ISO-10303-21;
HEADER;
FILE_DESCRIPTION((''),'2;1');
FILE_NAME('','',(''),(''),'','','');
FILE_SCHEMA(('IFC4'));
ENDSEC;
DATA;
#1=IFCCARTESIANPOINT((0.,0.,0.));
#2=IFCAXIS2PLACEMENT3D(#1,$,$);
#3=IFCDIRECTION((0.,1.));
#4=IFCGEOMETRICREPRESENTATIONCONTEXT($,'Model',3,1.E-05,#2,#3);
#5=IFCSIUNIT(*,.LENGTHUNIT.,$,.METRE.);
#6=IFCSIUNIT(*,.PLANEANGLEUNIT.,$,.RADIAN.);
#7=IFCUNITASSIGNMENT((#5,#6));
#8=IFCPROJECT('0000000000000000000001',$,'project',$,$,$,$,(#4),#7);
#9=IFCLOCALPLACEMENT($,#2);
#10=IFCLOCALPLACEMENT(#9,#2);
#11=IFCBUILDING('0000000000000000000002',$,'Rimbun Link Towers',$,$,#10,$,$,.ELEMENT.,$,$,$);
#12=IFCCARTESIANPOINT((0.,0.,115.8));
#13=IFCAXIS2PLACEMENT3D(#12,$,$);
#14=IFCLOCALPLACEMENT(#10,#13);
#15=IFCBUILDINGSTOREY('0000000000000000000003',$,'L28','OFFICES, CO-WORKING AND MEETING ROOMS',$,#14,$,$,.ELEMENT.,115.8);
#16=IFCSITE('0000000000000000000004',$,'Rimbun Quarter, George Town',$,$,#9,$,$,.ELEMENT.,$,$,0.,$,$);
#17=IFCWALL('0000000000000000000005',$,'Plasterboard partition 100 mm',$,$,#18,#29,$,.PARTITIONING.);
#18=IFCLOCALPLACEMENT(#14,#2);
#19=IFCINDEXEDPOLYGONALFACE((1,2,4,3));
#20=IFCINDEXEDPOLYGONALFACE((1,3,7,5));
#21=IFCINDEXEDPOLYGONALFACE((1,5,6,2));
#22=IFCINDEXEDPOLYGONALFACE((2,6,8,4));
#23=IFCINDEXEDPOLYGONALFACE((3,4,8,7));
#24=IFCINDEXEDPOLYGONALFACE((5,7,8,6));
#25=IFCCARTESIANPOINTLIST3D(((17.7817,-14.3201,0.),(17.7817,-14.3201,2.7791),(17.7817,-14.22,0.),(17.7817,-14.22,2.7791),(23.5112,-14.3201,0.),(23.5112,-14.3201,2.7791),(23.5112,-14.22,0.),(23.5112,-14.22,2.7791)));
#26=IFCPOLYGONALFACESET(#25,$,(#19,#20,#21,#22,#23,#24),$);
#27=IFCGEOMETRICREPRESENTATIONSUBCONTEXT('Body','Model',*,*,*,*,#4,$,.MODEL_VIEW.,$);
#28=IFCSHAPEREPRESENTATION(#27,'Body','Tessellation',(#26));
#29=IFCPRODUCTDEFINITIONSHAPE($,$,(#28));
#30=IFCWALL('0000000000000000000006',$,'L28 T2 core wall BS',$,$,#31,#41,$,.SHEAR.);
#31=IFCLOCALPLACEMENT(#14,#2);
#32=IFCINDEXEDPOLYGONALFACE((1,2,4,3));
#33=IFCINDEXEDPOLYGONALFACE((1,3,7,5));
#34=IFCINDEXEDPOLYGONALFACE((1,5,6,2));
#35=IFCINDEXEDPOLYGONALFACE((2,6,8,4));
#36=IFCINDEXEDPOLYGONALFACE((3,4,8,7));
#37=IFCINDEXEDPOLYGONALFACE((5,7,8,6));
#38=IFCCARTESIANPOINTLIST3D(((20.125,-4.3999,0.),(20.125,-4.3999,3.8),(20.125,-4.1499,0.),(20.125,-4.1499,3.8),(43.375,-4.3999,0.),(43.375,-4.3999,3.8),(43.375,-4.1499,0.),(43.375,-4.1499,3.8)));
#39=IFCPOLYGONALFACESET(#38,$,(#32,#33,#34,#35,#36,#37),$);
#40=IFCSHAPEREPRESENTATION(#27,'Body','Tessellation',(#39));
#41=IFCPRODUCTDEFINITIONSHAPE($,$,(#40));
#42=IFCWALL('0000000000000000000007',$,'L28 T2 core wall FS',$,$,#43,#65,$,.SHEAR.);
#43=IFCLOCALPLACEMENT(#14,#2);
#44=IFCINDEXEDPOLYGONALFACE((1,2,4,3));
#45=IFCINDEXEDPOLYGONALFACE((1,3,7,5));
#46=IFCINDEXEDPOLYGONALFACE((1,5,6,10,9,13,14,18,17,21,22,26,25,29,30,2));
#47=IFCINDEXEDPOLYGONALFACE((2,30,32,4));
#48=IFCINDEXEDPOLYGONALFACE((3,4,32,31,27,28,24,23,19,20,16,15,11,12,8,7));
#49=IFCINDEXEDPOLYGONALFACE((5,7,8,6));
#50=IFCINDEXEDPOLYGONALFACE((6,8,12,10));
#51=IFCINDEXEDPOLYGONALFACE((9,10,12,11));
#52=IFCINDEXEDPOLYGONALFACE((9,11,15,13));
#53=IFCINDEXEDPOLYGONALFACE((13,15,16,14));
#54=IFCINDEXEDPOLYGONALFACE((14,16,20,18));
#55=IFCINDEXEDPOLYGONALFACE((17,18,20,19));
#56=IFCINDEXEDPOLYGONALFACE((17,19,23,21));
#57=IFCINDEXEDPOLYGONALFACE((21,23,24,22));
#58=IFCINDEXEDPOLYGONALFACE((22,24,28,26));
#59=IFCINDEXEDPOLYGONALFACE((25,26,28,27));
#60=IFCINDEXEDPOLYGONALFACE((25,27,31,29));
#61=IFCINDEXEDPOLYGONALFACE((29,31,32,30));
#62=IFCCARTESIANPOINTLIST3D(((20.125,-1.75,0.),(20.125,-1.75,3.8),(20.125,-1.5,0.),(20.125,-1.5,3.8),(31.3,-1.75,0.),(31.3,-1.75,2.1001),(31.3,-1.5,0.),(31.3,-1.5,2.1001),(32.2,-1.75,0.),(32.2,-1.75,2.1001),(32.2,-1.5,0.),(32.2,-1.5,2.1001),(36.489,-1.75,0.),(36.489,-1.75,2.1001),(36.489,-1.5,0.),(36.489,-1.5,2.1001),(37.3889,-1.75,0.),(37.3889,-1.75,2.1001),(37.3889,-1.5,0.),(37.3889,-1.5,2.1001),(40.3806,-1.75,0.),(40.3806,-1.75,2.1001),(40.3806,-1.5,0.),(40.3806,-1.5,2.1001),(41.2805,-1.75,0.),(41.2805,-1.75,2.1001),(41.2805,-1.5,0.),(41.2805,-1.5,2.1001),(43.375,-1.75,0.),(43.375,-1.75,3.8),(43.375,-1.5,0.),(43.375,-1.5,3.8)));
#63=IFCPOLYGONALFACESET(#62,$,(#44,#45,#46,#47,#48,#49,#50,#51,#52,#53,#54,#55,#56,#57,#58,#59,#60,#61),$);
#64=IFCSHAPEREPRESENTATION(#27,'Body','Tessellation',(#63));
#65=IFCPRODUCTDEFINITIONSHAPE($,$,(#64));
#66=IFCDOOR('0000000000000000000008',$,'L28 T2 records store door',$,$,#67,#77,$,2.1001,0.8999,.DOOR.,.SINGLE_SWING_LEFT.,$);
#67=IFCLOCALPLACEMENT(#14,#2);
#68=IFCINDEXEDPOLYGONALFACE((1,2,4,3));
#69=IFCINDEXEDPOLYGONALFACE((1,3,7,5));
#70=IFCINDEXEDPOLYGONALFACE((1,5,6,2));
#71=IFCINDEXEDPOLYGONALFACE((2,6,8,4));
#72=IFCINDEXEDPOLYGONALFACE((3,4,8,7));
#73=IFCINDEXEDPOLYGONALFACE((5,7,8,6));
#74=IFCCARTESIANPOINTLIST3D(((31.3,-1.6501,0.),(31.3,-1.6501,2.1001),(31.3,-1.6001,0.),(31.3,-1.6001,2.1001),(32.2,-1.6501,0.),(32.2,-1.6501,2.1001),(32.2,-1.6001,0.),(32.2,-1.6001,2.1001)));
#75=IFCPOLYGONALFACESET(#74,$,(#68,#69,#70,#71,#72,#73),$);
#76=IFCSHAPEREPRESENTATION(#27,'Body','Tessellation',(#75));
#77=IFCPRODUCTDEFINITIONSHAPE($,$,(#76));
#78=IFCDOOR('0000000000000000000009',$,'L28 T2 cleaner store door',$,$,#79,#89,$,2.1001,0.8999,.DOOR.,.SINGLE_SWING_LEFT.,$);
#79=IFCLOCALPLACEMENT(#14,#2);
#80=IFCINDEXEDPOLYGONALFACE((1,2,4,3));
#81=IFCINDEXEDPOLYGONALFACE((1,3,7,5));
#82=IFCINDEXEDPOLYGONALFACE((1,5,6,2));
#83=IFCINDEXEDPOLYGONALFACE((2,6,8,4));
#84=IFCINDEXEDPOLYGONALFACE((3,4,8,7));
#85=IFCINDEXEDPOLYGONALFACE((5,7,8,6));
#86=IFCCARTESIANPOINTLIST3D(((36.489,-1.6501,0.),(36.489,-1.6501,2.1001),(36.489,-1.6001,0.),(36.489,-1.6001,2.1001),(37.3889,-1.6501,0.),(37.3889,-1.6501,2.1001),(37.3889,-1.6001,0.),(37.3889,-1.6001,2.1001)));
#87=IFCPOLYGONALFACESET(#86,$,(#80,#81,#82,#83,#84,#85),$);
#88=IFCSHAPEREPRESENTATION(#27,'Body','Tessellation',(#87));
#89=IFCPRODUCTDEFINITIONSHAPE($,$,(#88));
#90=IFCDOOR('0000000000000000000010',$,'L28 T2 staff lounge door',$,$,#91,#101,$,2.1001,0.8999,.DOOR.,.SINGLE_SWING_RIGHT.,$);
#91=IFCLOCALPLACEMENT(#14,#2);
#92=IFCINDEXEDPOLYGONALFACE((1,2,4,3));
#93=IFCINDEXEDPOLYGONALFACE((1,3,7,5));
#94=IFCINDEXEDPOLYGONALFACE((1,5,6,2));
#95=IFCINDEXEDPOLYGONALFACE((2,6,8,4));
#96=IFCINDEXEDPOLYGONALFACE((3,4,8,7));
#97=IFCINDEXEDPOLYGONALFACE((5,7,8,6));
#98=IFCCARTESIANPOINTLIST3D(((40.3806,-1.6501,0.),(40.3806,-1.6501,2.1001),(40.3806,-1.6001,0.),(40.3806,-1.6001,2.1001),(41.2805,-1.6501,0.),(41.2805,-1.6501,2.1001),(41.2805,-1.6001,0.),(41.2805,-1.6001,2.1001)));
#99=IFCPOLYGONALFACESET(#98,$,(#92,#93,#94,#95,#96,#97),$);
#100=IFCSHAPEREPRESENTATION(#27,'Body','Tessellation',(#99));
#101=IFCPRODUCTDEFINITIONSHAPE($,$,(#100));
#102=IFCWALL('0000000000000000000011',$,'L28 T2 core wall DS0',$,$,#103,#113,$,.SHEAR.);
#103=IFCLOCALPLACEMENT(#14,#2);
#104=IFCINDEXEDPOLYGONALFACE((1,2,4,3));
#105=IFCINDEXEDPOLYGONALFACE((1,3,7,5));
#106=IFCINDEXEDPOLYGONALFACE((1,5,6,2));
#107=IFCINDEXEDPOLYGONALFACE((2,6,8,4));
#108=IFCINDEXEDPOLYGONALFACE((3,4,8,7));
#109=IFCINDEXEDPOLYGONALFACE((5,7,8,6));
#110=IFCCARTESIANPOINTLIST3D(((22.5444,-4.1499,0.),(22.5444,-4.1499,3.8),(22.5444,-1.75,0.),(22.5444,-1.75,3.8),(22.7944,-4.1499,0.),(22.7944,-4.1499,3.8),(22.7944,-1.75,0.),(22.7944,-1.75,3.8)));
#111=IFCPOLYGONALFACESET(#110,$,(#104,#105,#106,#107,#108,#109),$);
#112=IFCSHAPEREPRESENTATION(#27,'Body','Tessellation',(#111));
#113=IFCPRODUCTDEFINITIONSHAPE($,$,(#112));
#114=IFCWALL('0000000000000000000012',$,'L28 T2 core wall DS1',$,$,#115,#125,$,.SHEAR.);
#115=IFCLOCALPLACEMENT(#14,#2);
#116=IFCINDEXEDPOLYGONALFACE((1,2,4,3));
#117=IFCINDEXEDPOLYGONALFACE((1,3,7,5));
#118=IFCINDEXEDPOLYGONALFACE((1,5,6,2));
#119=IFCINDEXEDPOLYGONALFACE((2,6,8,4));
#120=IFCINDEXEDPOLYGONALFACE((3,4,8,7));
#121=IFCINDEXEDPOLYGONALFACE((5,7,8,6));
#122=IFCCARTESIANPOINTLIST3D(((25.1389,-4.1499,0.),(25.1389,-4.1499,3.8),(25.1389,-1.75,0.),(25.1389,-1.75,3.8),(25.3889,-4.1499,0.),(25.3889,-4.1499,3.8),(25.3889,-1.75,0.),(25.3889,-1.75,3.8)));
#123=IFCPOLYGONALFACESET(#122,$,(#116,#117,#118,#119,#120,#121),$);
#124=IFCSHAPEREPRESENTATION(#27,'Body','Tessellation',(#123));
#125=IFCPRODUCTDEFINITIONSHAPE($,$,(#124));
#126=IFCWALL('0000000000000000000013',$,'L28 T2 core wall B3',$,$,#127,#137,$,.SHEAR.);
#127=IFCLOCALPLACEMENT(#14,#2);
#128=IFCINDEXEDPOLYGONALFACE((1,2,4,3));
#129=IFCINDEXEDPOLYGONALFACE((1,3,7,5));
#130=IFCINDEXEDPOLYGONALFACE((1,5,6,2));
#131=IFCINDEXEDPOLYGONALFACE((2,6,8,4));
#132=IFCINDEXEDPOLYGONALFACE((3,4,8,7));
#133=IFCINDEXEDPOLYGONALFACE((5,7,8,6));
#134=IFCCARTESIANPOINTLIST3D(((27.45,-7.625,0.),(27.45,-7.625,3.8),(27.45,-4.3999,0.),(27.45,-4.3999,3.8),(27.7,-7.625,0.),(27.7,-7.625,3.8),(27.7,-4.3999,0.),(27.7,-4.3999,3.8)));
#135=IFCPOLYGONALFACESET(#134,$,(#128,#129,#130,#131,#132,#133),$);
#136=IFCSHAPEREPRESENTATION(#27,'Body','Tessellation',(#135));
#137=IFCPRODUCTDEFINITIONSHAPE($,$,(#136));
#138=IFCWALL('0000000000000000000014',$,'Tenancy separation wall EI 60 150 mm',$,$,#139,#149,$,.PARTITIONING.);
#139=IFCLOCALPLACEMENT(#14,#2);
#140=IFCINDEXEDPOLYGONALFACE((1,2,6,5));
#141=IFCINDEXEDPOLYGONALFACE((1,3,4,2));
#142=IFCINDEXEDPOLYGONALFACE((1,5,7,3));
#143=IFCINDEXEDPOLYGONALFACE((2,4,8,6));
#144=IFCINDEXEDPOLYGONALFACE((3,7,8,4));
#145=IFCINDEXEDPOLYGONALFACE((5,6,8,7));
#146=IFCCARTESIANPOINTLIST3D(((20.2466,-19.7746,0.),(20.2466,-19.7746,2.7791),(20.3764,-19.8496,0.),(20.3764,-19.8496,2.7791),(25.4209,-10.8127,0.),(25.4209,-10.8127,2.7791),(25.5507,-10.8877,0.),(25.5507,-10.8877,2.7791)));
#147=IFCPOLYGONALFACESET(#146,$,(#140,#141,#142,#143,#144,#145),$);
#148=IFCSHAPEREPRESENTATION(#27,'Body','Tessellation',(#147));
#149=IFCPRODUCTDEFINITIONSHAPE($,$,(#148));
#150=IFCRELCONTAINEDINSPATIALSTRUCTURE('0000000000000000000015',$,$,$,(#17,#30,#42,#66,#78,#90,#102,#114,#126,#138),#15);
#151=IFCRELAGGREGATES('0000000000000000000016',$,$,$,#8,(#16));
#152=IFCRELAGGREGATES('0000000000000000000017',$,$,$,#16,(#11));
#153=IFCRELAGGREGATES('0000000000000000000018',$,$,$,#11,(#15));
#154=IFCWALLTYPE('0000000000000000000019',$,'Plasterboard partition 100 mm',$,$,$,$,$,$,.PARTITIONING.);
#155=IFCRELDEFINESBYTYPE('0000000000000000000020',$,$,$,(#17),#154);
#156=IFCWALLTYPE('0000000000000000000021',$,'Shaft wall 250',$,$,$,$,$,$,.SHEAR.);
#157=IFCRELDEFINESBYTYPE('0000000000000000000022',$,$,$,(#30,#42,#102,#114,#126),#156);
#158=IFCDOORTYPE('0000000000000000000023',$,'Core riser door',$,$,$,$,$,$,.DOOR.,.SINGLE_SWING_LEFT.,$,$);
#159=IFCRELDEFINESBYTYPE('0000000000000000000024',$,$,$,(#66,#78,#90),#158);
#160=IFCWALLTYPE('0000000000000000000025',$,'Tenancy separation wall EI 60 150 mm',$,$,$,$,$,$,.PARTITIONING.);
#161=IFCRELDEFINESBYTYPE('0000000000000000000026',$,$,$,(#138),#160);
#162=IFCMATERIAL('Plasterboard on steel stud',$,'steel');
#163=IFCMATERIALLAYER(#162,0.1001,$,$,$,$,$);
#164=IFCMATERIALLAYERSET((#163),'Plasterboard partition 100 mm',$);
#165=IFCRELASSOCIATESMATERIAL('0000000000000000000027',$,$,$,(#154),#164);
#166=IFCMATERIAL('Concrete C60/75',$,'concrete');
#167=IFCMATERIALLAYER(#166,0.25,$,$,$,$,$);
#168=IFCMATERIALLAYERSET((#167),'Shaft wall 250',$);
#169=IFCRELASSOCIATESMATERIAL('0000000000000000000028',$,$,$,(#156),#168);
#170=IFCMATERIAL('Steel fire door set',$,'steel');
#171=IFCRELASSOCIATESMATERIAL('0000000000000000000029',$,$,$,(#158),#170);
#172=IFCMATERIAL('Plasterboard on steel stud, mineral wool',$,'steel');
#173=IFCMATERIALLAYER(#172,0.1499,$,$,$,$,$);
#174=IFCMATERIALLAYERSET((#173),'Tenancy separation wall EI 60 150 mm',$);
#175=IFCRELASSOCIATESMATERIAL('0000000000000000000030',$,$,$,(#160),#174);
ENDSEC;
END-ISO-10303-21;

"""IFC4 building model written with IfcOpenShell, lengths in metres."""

from ifc_helpers import new_model, si_unit, direction, frame, frame_2d, origin, place, context, subcontext, project, spatial, rectangle, extrude, material, layer, layer_set, type_object, element, fill, save


model = new_model("IFC4")

# Units and contexts
model_context = context("Model", 3, precision=1e-05, world=origin(), true_north=direction((0.0, 1.0)))
body_context = subcontext(model_context, "Body", "Model", "MODEL_VIEW")
ifc_project = project(units=[si_unit("LENGTHUNIT", "METRE"), si_unit("PLANEANGLEUNIT", "RADIAN")], contexts=[model_context])

# Site, building, storey
site_placement = place(None, origin())
site = spatial("IfcSite", under=ifc_project, at=site_placement, Name="Rimbun Quarter, George Town", CompositionType="ELEMENT", RefElevation=0.0)
building_placement = place(site_placement, origin())
building = spatial("IfcBuilding", under=site, at=building_placement, Name="Rimbun Link Towers", CompositionType="ELEMENT")
storey_placement = place(building_placement, frame((0.0, 0.0, 115.8)))
storey = spatial("IfcBuildingStorey", under=building, at=storey_placement, Name="L28", Description="OFFICES, CO-WORKING AND MEETING ROOMS", CompositionType="ELEMENT", Elevation=115.8)

# Walls
ifc_material_1 = material(Name="Plasterboard on steel stud", Category="steel")
ifc_layer_1 = layer(ifc_material_1, 0.1001)
ifc_layer_set_1 = layer_set([ifc_layer_1], Name="Plasterboard partition 100 mm")
wall_type_1 = type_object("IfcWallType", Name="Plasterboard partition 100 mm", PredefinedType="PARTITIONING", material=ifc_layer_set_1)
wall_1_placement = place(storey_placement, frame((17.7817, -14.27, 0.0), z_axis=(0.0, 0.0, 1.0), x_axis=(1.0, 0.0, 0.0)))
element("IfcWall", 1, at=wall_1_placement, inside=storey, type_object=wall_type_1, Name="Plasterboard partition 100 mm", PredefinedType="PARTITIONING", context=body_context, shape_type="SweptSolid", body=[
    extrude(rectangle(XDim=5.7295, YDim=0.1001, at=frame_2d((2.8647, 0.0))), origin(), (0.0, 0.0, 1.0), 2.7791),
])
ifc_material_2 = material(Name="Concrete C60/75", Category="concrete")
ifc_layer_2 = layer(ifc_material_2, 0.25)
ifc_layer_set_2 = layer_set([ifc_layer_2], Name="Shaft wall 250")
wall_type_2 = type_object("IfcWallType", Name="Shaft wall 250", PredefinedType="SHEAR", material=ifc_layer_set_2)
wall_2_placement = place(storey_placement, frame((20.125, -4.2749, 0.0), z_axis=(0.0, 0.0, 1.0), x_axis=(1.0, 0.0, 0.0)))
element("IfcWall", 2, at=wall_2_placement, inside=storey, type_object=wall_type_2, Name="L28 T2 core wall BS", PredefinedType="SHEAR", context=body_context, shape_type="SweptSolid", body=[
    extrude(rectangle(XDim=23.25, YDim=0.25, at=frame_2d((11.625, 0.0))), origin(), (0.0, 0.0, 1.0), 3.8),
])

# Wall, openings, doors
wall_3_placement = place(storey_placement, frame((20.125, -1.625, 0.0), z_axis=(0.0, 0.0, 1.0), x_axis=(1.0, 0.0, 0.0)))
wall_3 = element("IfcWall", 3, at=wall_3_placement, inside=storey, type_object=wall_type_2, Name="L28 T2 core wall FS", PredefinedType="SHEAR", context=body_context, shape_type="SweptSolid", body=[
    extrude(rectangle(XDim=23.25, YDim=0.25, at=frame_2d((11.625, 0.0))), origin(), (0.0, 0.0, 1.0), 3.8),
])
opening_1_placement = place(wall_3_placement, frame((11.175, 0.0, 0.0)))
opening_1 = element("IfcOpeningElement", 4, at=opening_1_placement, cuts=wall_3, PredefinedType="OPENING", context=body_context, shape_type="SweptSolid", body=[
    extrude(rectangle(XDim=0.8999, YDim=2.1001, at=frame_2d((0.45, 1.05))), frame((0.0, 0.135, 0.0), z_axis=(0.0, -1.0, 0.0), x_axis=(1.0, 0.0, 0.0)), (0.0, 0.0, 1.0), 0.27),
])
opening_2_placement = place(wall_3_placement, frame((16.364, 0.0, 0.0)))
opening_2 = element("IfcOpeningElement", 5, at=opening_2_placement, cuts=wall_3, PredefinedType="OPENING", context=body_context, shape_type="SweptSolid", body=[
    extrude(rectangle(XDim=0.8999, YDim=2.1001, at=frame_2d((0.45, 1.05))), frame((0.0, 0.135, 0.0), z_axis=(0.0, -1.0, 0.0), x_axis=(1.0, 0.0, 0.0)), (0.0, 0.0, 1.0), 0.27),
])
opening_3_placement = place(wall_3_placement, frame((20.2556, 0.0, 0.0)))
opening_3 = element("IfcOpeningElement", 6, at=opening_3_placement, cuts=wall_3, PredefinedType="OPENING", context=body_context, shape_type="SweptSolid", body=[
    extrude(rectangle(XDim=0.8999, YDim=2.1001, at=frame_2d((0.45, 1.05))), frame((0.0, 0.135, 0.0), z_axis=(0.0, -1.0, 0.0), x_axis=(1.0, 0.0, 0.0)), (0.0, 0.0, 1.0), 0.27),
])
ifc_material_3 = material(Name="Steel fire door set", Category="steel")
door_type_1 = type_object("IfcDoorType", Name="Core riser door", OperationType="SINGLE_SWING_LEFT", PredefinedType="DOOR", material=ifc_material_3)
door_1_placement = place(opening_1_placement, origin())
door_1 = element("IfcDoor", 7, at=door_1_placement, inside=storey, type_object=door_type_1, Name="L28 T2 records store door", OperationType="SINGLE_SWING_LEFT", OverallHeight=2.1001, OverallWidth=0.8999, PredefinedType="DOOR", context=body_context, shape_type="SweptSolid", body=[
    extrude(rectangle(XDim=0.8999, YDim=2.1001, at=frame_2d((0.45, 1.05))), frame((0.0, 0.0249, 0.0), z_axis=(0.0, -1.0, 0.0), x_axis=(1.0, 0.0, 0.0)), (0.0, 0.0, 1.0), 0.05),
])
fill(opening_1, door_1)
door_2_placement = place(opening_2_placement, origin())
door_2 = element("IfcDoor", 8, at=door_2_placement, inside=storey, type_object=door_type_1, Name="L28 T2 cleaner store door", OperationType="SINGLE_SWING_LEFT", OverallHeight=2.1001, OverallWidth=0.8999, PredefinedType="DOOR", context=body_context, shape_type="SweptSolid", body=[
    extrude(rectangle(XDim=0.8999, YDim=2.1001, at=frame_2d((0.45, 1.05))), frame((0.0, 0.0249, 0.0), z_axis=(0.0, -1.0, 0.0), x_axis=(1.0, 0.0, 0.0)), (0.0, 0.0, 1.0), 0.05),
])
fill(opening_2, door_2)
door_3_placement = place(opening_3_placement, origin())
door_3 = element("IfcDoor", 9, at=door_3_placement, inside=storey, type_object=door_type_1, Name="L28 T2 staff lounge door", OperationType="SINGLE_SWING_RIGHT", OverallHeight=2.1001, OverallWidth=0.8999, PredefinedType="DOOR", context=body_context, shape_type="SweptSolid", body=[
    extrude(rectangle(XDim=0.8999, YDim=2.1001, at=frame_2d((0.45, 1.05))), frame((0.0, 0.0249, 0.0), z_axis=(0.0, -1.0, 0.0), x_axis=(1.0, 0.0, 0.0)), (0.0, 0.0, 1.0), 0.05),
])
fill(opening_3, door_3)

# Walls
for number, where, z_axis, x_axis, name in (
    (10, (22.6694, -4.1499, 0.0), (0.0, 0.0, 1.0), (0.0, 1.0, 0.0), "L28 T2 core wall DS0"),
    (11, (25.2639, -4.1499, 0.0), (0.0, 0.0, 1.0), (0.0, 1.0, 0.0), "L28 T2 core wall DS1"),
):
    element("IfcWall", number, at=place(storey_placement, frame(where, z_axis=z_axis, x_axis=x_axis)), inside=storey, type_object=wall_type_2, Name=name, PredefinedType="SHEAR", context=body_context, shape_type="SweptSolid", body=[
        extrude(rectangle(XDim=2.3999, YDim=0.25, at=frame_2d((1.2, 0.0))), origin(), (0.0, 0.0, 1.0), 3.8),
    ])
wall_4_placement = place(storey_placement, frame((27.575, -4.3999, 0.0), z_axis=(0.0, 0.0, 1.0), x_axis=(0.0, -1.0, 0.0)))
element("IfcWall", 12, at=wall_4_placement, inside=storey, type_object=wall_type_2, Name="L28 T2 core wall B3", PredefinedType="SHEAR", context=body_context, shape_type="SweptSolid", body=[
    extrude(rectangle(XDim=3.2251, YDim=0.25, at=frame_2d((1.6125, 0.0))), origin(), (0.0, 0.0, 1.0), 3.8),
])
ifc_material_4 = material(Name="Plasterboard on steel stud, mineral wool", Category="steel")
ifc_layer_3 = layer(ifc_material_4, 0.1499)
ifc_layer_set_3 = layer_set([ifc_layer_3], Name="Tenancy separation wall EI 60 150 mm")
wall_type_3 = type_object("IfcWallType", Name="Tenancy separation wall EI 60 150 mm", PredefinedType="PARTITIONING", material=ifc_layer_set_3)
wall_5_placement = place(storey_placement, frame((25.4858, -10.8501, 0.0), z_axis=(0.0, 0.0, 1.0), x_axis=(-0.500011, -0.866019, 0.0)))
element("IfcWall", 13, at=wall_5_placement, inside=storey, type_object=wall_type_3, Name="Tenancy separation wall EI 60 150 mm", PredefinedType="PARTITIONING", context=body_context, shape_type="SweptSolid", body=[
    extrude(rectangle(XDim=10.3484, YDim=0.1499, at=frame_2d((5.1743, 0.0))), origin(), (0.0, 0.0, 1.0), 2.7791),
])

save(model, "model.ifc")
